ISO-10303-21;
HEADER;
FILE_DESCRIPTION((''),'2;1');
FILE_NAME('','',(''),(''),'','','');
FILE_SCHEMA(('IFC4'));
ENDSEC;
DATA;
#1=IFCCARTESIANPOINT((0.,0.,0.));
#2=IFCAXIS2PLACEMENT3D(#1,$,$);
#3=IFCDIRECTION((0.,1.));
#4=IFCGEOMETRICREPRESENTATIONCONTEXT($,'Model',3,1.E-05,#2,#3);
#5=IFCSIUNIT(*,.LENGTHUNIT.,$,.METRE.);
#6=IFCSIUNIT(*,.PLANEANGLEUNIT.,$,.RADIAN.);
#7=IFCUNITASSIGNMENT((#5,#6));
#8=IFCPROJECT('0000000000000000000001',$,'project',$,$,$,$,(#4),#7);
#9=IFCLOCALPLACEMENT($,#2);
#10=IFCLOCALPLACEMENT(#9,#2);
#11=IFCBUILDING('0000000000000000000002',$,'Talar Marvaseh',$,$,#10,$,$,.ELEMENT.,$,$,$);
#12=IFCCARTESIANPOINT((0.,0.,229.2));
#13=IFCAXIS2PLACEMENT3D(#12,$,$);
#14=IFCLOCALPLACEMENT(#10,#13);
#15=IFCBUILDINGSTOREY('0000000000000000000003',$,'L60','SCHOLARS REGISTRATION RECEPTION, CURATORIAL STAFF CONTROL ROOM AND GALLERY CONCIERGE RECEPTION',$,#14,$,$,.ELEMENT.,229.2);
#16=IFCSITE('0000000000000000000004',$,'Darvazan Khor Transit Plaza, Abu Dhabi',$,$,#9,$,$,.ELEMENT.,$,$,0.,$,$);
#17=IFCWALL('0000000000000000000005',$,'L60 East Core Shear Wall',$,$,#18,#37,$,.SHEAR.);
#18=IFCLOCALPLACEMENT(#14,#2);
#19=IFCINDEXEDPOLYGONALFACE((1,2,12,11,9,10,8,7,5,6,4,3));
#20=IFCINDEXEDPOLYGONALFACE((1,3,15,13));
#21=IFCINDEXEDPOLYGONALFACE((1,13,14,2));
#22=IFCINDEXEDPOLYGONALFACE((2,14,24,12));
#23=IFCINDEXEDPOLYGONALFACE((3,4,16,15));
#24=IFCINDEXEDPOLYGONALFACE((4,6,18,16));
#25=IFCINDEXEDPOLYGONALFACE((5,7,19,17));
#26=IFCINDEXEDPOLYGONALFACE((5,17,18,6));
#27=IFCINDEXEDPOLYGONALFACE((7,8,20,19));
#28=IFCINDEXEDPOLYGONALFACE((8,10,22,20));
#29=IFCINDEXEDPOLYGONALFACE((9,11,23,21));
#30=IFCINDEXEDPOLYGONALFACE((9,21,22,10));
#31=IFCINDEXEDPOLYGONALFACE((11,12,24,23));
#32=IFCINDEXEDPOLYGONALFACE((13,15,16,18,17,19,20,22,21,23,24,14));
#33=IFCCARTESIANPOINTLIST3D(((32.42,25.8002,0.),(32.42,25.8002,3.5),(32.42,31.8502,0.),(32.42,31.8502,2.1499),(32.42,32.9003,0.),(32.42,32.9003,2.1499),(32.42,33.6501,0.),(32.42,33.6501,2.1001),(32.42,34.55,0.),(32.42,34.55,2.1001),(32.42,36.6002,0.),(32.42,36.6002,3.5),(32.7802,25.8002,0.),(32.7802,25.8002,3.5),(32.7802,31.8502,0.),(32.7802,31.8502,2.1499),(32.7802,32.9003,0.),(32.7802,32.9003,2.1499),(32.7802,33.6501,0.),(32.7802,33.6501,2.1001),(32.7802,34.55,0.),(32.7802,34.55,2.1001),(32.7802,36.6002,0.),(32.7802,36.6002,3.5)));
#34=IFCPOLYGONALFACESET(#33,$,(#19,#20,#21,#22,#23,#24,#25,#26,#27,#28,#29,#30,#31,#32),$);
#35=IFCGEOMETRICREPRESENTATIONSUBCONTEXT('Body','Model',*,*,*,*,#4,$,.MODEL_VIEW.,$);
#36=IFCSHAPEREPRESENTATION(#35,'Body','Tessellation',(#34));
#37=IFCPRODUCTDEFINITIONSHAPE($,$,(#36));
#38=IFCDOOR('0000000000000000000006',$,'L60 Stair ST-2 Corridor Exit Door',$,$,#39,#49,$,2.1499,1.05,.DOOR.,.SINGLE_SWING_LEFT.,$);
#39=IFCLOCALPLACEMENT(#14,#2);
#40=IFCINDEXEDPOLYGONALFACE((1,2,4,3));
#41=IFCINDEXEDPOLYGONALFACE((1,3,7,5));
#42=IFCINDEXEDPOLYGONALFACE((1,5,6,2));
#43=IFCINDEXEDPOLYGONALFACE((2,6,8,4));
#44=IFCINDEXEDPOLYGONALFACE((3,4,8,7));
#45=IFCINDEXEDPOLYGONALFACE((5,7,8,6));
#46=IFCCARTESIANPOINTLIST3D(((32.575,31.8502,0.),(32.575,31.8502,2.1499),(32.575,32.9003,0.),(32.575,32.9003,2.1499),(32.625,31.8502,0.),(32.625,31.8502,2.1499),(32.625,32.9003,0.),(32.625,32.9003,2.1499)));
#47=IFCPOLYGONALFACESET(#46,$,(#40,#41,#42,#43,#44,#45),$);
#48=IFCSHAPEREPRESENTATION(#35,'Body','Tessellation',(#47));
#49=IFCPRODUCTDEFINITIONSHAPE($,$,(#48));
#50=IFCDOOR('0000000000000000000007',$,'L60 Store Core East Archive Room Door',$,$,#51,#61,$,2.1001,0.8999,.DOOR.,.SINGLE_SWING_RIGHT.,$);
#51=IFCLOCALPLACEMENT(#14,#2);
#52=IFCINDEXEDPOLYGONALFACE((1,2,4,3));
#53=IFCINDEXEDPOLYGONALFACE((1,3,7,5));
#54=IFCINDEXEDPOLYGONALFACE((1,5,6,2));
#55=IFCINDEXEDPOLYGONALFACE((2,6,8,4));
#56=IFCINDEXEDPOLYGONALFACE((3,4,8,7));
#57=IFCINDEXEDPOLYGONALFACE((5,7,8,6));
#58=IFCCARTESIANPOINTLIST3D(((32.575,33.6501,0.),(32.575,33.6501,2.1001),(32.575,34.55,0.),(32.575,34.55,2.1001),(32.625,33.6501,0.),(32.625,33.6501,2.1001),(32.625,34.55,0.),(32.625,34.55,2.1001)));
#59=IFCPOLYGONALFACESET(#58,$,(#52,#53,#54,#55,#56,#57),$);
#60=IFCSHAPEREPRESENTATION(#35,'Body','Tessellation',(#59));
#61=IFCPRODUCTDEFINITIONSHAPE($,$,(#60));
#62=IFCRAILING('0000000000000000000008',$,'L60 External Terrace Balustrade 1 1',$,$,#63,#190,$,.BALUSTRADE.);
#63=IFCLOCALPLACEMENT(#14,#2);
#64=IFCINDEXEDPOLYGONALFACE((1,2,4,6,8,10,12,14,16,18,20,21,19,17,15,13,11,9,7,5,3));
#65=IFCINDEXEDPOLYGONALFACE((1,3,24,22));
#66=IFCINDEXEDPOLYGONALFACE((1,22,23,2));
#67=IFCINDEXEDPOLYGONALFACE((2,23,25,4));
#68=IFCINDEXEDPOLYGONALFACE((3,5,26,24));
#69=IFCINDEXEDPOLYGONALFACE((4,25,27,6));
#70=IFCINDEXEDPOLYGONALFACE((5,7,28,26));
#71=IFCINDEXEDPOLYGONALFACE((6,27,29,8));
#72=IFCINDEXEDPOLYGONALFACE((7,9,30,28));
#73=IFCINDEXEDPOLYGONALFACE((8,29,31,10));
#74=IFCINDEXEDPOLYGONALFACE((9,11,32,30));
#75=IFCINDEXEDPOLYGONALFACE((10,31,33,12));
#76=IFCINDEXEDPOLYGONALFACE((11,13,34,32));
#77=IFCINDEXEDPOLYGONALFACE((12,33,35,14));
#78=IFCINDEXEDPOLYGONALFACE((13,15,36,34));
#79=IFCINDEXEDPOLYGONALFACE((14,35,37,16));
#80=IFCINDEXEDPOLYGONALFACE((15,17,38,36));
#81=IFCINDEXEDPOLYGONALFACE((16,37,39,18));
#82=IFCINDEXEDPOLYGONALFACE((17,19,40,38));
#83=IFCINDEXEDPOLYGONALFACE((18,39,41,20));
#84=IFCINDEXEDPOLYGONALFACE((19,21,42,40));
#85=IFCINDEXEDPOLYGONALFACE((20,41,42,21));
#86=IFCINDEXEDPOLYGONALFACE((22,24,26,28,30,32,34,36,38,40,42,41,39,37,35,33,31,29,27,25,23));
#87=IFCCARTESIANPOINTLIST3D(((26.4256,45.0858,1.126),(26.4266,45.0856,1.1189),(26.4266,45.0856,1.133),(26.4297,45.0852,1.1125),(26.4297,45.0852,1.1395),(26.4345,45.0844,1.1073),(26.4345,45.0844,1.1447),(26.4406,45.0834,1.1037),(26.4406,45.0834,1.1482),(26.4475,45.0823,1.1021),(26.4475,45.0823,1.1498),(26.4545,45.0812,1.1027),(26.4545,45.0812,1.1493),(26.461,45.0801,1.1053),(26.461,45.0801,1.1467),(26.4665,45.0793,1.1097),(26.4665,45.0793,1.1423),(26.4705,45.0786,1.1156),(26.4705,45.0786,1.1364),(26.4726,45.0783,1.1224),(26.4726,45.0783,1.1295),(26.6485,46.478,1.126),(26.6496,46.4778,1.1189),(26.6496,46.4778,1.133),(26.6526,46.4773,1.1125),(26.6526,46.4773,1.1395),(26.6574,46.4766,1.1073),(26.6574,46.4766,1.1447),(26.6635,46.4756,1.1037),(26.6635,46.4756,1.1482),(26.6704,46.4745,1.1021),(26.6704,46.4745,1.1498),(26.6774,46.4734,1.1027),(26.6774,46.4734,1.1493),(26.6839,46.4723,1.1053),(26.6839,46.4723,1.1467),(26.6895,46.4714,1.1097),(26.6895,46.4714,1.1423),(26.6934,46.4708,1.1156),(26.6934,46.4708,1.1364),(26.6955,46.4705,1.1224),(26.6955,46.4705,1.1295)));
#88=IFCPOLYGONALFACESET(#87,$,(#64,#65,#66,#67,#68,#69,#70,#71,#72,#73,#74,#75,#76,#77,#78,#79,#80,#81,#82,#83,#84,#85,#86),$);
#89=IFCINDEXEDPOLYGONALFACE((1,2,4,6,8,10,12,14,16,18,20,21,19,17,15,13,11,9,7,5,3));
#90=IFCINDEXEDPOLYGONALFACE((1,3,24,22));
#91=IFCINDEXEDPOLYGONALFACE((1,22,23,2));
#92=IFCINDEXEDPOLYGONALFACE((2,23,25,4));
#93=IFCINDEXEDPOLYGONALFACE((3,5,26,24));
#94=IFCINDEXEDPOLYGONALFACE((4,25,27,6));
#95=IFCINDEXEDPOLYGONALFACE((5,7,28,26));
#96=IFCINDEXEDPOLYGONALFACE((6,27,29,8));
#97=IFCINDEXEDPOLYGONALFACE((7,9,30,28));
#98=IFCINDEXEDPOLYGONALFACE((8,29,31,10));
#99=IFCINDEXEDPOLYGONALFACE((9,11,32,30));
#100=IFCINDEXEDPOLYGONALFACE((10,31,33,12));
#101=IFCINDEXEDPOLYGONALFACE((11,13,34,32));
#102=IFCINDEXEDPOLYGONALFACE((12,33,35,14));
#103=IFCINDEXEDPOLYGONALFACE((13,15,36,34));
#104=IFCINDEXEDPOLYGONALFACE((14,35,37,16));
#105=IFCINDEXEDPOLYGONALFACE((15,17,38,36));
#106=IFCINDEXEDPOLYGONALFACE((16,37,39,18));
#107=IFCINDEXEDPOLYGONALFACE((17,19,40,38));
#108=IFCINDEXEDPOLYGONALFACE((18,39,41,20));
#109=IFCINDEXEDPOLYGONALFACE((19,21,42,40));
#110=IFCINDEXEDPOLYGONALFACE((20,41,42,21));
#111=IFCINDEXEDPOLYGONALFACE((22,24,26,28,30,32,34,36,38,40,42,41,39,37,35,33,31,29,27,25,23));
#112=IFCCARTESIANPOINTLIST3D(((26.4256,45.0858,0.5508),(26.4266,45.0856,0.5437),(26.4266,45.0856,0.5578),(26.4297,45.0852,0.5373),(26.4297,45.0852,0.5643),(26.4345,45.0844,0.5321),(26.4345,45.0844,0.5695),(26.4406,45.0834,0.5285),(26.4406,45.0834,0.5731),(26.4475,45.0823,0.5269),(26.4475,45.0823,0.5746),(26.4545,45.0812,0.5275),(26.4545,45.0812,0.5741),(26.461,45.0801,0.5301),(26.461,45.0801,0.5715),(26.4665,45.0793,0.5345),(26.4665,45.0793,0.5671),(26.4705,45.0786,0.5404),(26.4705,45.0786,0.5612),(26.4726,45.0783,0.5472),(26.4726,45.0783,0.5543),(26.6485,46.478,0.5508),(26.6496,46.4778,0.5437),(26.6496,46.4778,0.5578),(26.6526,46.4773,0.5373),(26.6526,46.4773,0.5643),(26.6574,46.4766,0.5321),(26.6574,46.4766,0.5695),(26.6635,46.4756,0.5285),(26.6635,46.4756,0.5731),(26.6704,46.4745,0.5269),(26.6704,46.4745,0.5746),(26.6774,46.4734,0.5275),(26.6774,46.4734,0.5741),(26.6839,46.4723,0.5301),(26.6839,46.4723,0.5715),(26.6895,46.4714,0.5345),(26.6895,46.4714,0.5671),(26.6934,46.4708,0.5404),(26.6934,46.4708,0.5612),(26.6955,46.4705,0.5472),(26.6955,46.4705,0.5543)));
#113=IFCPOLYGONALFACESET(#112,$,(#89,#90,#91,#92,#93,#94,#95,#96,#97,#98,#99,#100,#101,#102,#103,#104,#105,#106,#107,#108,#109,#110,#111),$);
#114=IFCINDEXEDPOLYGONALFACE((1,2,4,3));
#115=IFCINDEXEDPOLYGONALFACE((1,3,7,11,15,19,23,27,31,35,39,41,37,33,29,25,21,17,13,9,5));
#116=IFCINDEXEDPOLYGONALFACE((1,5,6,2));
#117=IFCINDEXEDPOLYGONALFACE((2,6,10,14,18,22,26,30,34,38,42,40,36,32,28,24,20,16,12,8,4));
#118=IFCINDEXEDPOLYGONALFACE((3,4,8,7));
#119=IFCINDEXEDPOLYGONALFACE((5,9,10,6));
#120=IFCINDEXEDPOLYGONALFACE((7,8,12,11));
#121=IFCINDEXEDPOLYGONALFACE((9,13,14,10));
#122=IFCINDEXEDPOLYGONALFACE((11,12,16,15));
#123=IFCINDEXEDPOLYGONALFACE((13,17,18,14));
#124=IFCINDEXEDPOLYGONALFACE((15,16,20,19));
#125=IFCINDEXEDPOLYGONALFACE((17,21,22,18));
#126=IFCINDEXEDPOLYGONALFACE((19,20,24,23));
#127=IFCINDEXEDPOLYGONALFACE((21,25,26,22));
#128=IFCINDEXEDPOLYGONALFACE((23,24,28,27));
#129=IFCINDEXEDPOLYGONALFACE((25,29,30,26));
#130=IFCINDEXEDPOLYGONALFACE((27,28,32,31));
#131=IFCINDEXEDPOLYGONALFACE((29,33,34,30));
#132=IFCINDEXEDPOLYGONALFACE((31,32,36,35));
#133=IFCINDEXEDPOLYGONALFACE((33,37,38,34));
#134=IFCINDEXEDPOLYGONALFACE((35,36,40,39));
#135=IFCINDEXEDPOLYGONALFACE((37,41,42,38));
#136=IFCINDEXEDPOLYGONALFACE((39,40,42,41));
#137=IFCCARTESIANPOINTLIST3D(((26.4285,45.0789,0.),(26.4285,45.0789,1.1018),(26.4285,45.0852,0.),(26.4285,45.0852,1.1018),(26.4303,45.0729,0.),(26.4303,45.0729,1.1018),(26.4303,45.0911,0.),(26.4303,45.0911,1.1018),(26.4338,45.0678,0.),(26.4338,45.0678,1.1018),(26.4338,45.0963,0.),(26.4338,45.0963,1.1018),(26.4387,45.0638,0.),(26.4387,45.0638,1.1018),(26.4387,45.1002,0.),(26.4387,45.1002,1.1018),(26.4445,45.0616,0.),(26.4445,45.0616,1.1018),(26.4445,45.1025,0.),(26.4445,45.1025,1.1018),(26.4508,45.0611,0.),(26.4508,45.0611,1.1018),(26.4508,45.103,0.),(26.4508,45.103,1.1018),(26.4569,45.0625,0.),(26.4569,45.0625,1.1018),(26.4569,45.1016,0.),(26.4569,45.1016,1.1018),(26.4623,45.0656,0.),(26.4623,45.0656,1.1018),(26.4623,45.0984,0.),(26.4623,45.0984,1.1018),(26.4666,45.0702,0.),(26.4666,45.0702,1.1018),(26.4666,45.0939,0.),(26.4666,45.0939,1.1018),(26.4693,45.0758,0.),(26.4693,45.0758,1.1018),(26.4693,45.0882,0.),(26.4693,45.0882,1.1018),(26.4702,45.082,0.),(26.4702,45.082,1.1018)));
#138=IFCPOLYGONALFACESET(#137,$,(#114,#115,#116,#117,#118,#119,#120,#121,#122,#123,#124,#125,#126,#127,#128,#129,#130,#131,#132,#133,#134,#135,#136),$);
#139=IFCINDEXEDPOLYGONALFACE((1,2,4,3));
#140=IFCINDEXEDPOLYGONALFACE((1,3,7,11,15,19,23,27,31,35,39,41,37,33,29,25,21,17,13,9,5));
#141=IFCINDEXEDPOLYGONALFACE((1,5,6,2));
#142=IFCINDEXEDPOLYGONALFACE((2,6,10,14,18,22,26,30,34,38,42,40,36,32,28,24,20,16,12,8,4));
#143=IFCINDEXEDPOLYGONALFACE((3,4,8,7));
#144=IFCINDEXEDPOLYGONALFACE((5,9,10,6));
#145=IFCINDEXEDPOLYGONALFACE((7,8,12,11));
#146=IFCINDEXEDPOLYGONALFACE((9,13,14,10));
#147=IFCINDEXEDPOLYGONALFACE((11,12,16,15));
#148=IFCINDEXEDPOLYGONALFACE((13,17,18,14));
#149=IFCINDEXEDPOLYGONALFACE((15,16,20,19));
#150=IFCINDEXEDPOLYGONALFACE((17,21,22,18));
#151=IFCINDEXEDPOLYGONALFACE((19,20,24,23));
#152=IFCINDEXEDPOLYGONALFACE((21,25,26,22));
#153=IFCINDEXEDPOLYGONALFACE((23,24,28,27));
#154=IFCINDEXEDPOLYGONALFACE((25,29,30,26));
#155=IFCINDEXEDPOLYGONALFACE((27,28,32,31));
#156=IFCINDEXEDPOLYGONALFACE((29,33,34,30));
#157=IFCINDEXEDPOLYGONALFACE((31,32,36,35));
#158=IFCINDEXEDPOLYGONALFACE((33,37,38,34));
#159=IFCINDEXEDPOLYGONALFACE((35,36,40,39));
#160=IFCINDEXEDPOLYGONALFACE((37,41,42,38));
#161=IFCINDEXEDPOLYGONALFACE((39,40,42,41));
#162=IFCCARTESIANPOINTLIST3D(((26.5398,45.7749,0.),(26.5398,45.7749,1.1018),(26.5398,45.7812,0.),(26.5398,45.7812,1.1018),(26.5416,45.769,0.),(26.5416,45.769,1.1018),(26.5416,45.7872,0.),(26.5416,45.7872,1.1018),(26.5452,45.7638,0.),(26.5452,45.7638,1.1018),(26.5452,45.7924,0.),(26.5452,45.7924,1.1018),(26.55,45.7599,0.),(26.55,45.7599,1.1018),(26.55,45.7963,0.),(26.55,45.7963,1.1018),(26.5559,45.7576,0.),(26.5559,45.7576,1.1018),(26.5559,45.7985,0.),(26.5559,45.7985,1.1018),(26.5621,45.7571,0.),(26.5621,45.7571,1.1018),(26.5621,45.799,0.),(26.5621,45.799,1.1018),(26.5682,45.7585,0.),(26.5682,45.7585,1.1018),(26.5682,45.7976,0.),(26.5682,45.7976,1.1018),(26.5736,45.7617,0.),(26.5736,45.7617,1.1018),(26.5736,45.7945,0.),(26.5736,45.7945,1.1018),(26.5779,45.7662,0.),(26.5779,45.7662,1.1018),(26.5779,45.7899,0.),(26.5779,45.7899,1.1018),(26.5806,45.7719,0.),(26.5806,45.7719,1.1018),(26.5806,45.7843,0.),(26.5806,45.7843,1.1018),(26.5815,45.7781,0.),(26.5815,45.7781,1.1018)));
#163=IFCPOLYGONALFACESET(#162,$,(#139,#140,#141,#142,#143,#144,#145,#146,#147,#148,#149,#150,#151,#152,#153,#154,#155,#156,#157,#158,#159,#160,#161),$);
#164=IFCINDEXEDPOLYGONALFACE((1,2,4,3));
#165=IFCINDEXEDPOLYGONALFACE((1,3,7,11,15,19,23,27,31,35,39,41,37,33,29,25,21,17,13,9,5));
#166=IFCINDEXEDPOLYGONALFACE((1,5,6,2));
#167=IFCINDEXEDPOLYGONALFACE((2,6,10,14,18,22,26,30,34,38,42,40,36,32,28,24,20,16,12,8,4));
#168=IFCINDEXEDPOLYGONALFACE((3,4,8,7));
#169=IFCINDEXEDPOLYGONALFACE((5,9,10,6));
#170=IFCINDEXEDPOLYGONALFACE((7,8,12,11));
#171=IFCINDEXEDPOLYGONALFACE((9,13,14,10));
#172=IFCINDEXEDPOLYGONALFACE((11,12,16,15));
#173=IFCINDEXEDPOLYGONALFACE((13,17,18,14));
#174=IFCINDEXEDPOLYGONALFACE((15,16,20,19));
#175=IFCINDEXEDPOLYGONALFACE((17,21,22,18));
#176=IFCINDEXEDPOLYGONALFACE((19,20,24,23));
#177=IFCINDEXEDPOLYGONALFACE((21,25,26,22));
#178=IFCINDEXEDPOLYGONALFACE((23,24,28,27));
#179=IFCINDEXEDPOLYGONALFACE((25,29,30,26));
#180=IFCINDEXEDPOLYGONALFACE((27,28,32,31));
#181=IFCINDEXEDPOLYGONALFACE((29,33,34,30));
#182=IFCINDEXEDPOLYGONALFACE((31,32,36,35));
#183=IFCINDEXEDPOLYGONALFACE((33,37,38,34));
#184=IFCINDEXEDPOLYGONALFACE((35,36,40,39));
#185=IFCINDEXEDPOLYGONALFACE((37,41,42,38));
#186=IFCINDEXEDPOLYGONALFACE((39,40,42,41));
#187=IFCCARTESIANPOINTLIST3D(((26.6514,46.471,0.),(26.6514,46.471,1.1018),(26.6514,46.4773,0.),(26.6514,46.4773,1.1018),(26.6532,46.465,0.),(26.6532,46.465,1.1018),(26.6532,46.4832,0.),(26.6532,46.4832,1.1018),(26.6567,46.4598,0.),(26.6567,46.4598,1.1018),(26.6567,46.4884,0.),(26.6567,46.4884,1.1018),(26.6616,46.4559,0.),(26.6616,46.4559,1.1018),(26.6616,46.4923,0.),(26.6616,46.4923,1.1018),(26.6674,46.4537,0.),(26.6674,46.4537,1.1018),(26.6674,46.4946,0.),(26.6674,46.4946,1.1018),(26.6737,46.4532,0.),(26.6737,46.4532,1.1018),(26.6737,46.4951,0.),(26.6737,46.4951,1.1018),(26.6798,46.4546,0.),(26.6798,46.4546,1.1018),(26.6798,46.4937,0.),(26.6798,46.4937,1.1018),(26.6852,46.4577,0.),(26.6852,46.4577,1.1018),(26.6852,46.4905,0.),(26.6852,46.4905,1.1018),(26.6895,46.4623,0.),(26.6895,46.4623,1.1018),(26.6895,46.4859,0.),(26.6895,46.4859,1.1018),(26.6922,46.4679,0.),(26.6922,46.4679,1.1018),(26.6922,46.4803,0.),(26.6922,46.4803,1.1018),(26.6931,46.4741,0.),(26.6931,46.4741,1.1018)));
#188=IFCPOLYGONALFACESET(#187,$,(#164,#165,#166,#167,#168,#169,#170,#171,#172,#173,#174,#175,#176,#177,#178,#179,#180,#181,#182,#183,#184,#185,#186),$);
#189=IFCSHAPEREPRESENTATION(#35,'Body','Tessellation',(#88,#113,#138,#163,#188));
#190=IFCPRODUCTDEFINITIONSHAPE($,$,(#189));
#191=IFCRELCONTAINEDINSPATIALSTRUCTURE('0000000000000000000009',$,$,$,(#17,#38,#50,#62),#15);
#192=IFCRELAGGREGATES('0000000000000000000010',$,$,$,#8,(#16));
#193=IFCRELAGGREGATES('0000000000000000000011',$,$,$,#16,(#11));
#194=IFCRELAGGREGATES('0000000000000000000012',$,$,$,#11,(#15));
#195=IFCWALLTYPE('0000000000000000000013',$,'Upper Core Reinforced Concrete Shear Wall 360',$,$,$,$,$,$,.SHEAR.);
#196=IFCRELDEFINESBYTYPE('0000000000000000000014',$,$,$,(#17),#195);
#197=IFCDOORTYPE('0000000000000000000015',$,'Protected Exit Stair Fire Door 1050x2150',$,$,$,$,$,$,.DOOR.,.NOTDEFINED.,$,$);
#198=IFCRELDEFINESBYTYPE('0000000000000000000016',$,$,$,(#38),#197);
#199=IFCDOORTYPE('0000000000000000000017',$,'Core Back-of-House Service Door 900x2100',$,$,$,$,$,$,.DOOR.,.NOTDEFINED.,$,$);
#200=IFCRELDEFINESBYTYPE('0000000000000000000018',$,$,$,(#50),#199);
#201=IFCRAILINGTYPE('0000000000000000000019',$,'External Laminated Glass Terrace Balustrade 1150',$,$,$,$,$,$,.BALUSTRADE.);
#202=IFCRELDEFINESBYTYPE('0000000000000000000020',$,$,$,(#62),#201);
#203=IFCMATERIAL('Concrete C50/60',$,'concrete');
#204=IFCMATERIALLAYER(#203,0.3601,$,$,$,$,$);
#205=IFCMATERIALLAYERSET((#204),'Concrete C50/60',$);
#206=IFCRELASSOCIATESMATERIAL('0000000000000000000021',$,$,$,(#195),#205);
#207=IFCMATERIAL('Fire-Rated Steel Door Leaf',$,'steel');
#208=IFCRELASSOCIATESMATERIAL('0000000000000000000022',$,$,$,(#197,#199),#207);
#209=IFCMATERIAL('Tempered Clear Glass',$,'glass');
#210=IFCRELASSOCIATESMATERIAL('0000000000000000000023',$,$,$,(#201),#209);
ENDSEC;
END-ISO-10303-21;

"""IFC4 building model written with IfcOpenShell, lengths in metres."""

from ifc_helpers import new_model, si_unit, direction, frame, frame_2d, origin, origin_2d, place, context, subcontext, project, spatial, rectangle, circle, extrude, source, transform, mapped, material, layer, layer_set, type_object, type_shapes, element, fill, save


model = new_model("IFC4")

# Units and contexts
model_context = context("Model", 3, precision=1e-05, world=origin(), true_north=direction((0.0, 1.0)))
body_context = subcontext(model_context, "Body", "Model", "MODEL_VIEW")
ifc_project = project(units=[si_unit("LENGTHUNIT", "METRE"), si_unit("PLANEANGLEUNIT", "RADIAN")], contexts=[model_context])

# Site, building, storey
site_placement = place(None, origin())
site = spatial("IfcSite", under=ifc_project, at=site_placement, Name="Darvazan Khor Transit Plaza, Abu Dhabi", CompositionType="ELEMENT", RefElevation=0.0)
building_placement = place(site_placement, origin())
building = spatial("IfcBuilding", under=site, at=building_placement, Name="Talar Marvaseh", CompositionType="ELEMENT")
storey_placement = place(building_placement, frame((0.0, 0.0, 229.2)))
storey = spatial("IfcBuildingStorey", under=building, at=storey_placement, Name="L60", Description="SCHOLARS REGISTRATION RECEPTION, CURATORIAL STAFF CONTROL ROOM AND GALLERY CONCIERGE RECEPTION", CompositionType="ELEMENT", Elevation=229.2)

# Wall, openings, doors
ifc_material_1 = material(Name="Concrete C50/60", Category="concrete")
ifc_layer_1 = layer(ifc_material_1, 0.3601)
ifc_layer_set_1 = layer_set([ifc_layer_1], Name="Concrete C50/60")
wall_type_1 = type_object("IfcWallType", Name="Upper Core Reinforced Concrete Shear Wall 360", PredefinedType="SHEAR", material=ifc_layer_set_1)
wall_1_placement = place(storey_placement, frame((32.6001, 36.6001, 0.0), z_axis=(0.0, 0.0, 1.0), x_axis=(0.0, -1.0, 0.0)))
wall_1 = element("IfcWall", 1, at=wall_1_placement, inside=storey, type_object=wall_type_1, Name="L60 East Core Shear Wall", PredefinedType="SHEAR", context=body_context, shape_type="SweptSolid", body=[
    extrude(rectangle(XDim=10.8, YDim=0.3601, at=frame_2d((5.3999, 0.0))), origin(), (0.0, 0.0, 1.0), 3.5),
])
opening_1_placement = place(wall_1_placement, frame((3.7, 0.0, 0.0)))
opening_1 = element("IfcOpeningElement", 2, at=opening_1_placement, cuts=wall_1, PredefinedType="OPENING", context=body_context, shape_type="SweptSolid", body=[
    extrude(rectangle(XDim=1.05, YDim=2.1499, at=frame_2d((0.5249, 1.075))), frame((0.0, 0.1899, 0.0), z_axis=(0.0, -1.0, 0.0), x_axis=(1.0, 0.0, 0.0)), (0.0, 0.0, 1.0), 0.3801),
])
opening_2_placement = place(wall_1_placement, frame((2.05, 0.0, 0.0)))
opening_2 = element("IfcOpeningElement", 3, at=opening_2_placement, cuts=wall_1, PredefinedType="OPENING", context=body_context, shape_type="SweptSolid", body=[
    extrude(rectangle(XDim=0.8999, YDim=2.1001, at=frame_2d((0.45, 1.05))), frame((0.0, 0.1899, 0.0), z_axis=(0.0, -1.0, 0.0), x_axis=(1.0, 0.0, 0.0)), (0.0, 0.0, 1.0), 0.3801),
])
ifc_material_2 = material(Name="Fire-Rated Steel Door Leaf", Category="steel")
door_type_1 = type_object("IfcDoorType", Name="Protected Exit Stair Fire Door 1050x2150", OperationType="NOTDEFINED", PredefinedType="DOOR", material=ifc_material_2)
shared_shape_1 = source(origin(), body_context, "Body", "SweptSolid", [
    extrude(rectangle(XDim=1.05, YDim=2.1499, at=frame_2d((0.5249, 1.075))), frame((0.0, 0.0249, 0.0), z_axis=(0.0, -1.0, 0.0), x_axis=(1.0, 0.0, 0.0)), (0.0, 0.0, 1.0), 0.05),
])
type_shapes(door_type_1, [shared_shape_1])
door_1_placement = place(opening_1_placement, origin())
door_1 = element("IfcDoor", 4, at=door_1_placement, inside=storey, type_object=door_type_1, Name="L60 Stair ST-2 Corridor Exit Door", OperationType="SINGLE_SWING_LEFT", OverallHeight=2.1499, OverallWidth=1.05, PredefinedType="DOOR", context=body_context, shape_type="MappedRepresentation", body=[
    mapped(shared_shape_1, transform((0.0, 0.0, 0.0), x_axis=(1.0, 0.0, 0.0), y_axis=(0.0, 1.0, 0.0), z_axis=(0.0, 0.0, 1.0), scale=1.0)),
])
fill(opening_1, door_1)
door_type_2 = type_object("IfcDoorType", Name="Core Back-of-House Service Door 900x2100", OperationType="NOTDEFINED", PredefinedType="DOOR", material=ifc_material_2)
shared_shape_2 = source(origin(), body_context, "Body", "SweptSolid", [
    extrude(rectangle(XDim=0.8999, YDim=2.1001, at=frame_2d((0.45, 1.05))), frame((0.0, 0.0249, 0.0), z_axis=(0.0, -1.0, 0.0), x_axis=(1.0, 0.0, 0.0)), (0.0, 0.0, 1.0), 0.05),
])
type_shapes(door_type_2, [shared_shape_2])
door_2_placement = place(opening_2_placement, origin())
door_2 = element("IfcDoor", 5, at=door_2_placement, inside=storey, type_object=door_type_2, Name="L60 Store Core East Archive Room Door", OperationType="SINGLE_SWING_RIGHT", OverallHeight=2.1001, OverallWidth=0.8999, PredefinedType="DOOR", context=body_context, shape_type="MappedRepresentation", body=[
    mapped(shared_shape_2, transform((0.0, 0.0, 0.0), x_axis=(1.0, 0.0, 0.0), y_axis=(0.0, 1.0, 0.0), z_axis=(0.0, 0.0, 1.0), scale=1.0)),
])
fill(opening_2, door_2)

# Railing
ifc_material_3 = material(Name="Tempered Clear Glass", Category="glass")
railing_type = type_object("IfcRailingType", Name="External Laminated Glass Terrace Balustrade 1150", PredefinedType="BALUSTRADE", material=ifc_material_3)
railing_1_placement = place(storey_placement, frame((26.4492, 45.082, 0.0)))
element("IfcRailing", 6, at=railing_1_placement, inside=storey, type_object=railing_type, Name="L60 External Terrace Balustrade 1 1", PredefinedType="BALUSTRADE", context=body_context, shape_type="SweptSolid", body=[
    extrude(circle(Radius=0.0239, at=origin_2d()), frame((0.0, 0.0, 1.126), z_axis=(0.158105, 0.987422, 0.0), x_axis=(-0.987422, 0.158105, 0.0)), (0.0, 0.0, 1.0), 1.4099),
    extrude(circle(Radius=0.0239, at=origin_2d()), frame((0.0, 0.0, 0.5508), z_axis=(0.158105, 0.987422, 0.0), x_axis=(-0.987422, 0.158105, 0.0)), (0.0, 0.0, 1.0), 1.4099),
    extrude(circle(Radius=0.021, at=origin_2d()), origin(), (0.0, 0.0, 1.0), 1.1018),
    extrude(circle(Radius=0.021, at=origin_2d()), frame((0.1113, 0.696, 0.0)), (0.0, 0.0, 1.0), 1.1018),
    extrude(circle(Radius=0.021, at=origin_2d()), frame((0.2229, 1.3921, 0.0)), (0.0, 0.0, 1.0), 1.1018),
])

save(model, "model.ifc")
